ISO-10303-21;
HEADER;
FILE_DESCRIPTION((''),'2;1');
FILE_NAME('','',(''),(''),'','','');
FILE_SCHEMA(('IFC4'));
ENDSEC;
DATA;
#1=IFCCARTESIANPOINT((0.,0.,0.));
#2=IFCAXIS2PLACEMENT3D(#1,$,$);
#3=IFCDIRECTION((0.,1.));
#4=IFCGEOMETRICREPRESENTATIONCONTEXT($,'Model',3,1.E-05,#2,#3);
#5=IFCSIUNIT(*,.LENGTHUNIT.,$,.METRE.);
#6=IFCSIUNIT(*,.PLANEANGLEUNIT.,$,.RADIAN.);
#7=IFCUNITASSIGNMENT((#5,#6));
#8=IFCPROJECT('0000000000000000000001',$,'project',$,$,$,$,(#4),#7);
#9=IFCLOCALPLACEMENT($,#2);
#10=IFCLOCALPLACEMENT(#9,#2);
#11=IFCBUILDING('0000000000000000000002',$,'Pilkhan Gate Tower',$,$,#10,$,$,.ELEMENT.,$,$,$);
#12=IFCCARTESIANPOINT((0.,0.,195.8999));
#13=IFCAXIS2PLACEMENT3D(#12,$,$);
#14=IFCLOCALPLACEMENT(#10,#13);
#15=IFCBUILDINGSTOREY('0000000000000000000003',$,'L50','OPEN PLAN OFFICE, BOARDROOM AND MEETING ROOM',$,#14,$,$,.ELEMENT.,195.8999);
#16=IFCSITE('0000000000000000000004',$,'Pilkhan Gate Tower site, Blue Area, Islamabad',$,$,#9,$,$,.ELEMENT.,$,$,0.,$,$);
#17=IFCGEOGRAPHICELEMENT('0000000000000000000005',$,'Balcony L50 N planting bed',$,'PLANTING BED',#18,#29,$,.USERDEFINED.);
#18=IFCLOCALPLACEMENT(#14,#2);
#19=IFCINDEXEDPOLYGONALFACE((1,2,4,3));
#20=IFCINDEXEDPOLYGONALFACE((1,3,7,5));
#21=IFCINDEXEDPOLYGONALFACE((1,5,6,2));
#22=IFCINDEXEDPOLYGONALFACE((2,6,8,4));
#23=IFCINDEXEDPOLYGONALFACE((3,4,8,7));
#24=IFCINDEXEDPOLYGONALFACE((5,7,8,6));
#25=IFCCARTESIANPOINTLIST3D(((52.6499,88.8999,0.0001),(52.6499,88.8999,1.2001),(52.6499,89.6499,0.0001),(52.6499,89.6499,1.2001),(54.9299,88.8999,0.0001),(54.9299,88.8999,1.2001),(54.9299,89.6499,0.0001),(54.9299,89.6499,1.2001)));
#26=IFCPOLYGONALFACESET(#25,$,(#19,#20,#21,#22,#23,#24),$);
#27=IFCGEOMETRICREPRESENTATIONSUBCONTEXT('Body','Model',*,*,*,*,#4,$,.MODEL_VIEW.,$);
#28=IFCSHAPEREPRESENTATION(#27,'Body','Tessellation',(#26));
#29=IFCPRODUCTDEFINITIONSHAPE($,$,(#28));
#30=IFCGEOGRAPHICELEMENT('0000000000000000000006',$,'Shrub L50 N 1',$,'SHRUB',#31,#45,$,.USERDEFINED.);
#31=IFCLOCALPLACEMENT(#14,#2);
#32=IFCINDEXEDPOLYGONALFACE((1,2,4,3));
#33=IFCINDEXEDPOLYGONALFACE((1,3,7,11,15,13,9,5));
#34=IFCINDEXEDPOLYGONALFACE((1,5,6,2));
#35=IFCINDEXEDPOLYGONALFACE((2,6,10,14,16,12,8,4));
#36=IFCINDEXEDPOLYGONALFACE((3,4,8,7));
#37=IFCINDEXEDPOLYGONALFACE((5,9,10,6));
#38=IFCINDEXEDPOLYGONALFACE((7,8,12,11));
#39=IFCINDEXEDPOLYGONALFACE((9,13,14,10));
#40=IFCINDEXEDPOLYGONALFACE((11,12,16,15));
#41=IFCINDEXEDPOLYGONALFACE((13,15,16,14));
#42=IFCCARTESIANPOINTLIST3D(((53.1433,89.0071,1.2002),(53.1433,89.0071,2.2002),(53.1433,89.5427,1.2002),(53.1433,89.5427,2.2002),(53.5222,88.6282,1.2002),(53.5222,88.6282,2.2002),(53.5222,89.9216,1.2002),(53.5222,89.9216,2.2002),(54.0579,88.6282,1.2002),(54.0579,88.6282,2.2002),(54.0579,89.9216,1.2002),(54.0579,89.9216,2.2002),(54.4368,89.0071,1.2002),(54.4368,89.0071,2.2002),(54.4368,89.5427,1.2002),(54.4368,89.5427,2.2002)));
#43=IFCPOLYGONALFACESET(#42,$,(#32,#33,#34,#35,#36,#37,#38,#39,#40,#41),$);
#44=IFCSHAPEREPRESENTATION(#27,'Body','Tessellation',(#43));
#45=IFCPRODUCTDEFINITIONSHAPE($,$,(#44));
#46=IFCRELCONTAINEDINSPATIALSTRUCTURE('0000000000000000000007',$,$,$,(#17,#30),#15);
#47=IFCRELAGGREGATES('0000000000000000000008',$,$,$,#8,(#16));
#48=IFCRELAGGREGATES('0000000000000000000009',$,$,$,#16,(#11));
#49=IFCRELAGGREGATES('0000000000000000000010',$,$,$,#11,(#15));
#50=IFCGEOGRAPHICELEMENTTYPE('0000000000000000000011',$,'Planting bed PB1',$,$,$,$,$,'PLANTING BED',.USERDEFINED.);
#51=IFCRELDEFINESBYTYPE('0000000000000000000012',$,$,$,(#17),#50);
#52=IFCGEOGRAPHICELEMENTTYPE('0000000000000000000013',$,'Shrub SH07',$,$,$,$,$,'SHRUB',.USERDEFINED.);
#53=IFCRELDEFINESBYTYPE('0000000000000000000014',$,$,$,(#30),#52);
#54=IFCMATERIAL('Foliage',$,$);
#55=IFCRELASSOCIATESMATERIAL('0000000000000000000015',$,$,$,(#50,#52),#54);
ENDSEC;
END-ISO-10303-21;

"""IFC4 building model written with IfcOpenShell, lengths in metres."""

from ifc_helpers import new_model, si_unit, direction, frame, origin, origin_2d, place, context, subcontext, project, spatial, polyline, rectangle, outline, extrude, material, material_profile, profile_set, type_object, element, save


model = new_model("IFC4")

# Units and contexts
model_context = context("Model", 3, precision=1e-05, world=origin(), true_north=direction((0.0, 1.0)))
body_context = subcontext(model_context, "Body", "Model", "MODEL_VIEW")
ifc_project = project(units=[si_unit("LENGTHUNIT", "METRE"), si_unit("PLANEANGLEUNIT", "RADIAN")], contexts=[model_context])

# Site, building, storey
site_placement = place(None, origin())
site = spatial("IfcSite", under=ifc_project, at=site_placement, Name="Pilkhan Gate Tower site, Blue Area, Islamabad", CompositionType="ELEMENT", RefElevation=0.0)
building_placement = place(site_placement, origin())
building = spatial("IfcBuilding", under=site, at=building_placement, Name="Pilkhan Gate Tower", CompositionType="ELEMENT")
storey_placement = place(building_placement, frame((0.0, 0.0, 195.8999)))
storey = spatial("IfcBuildingStorey", under=building, at=storey_placement, Name="L50", Description="OPEN PLAN OFFICE, BOARDROOM AND MEETING ROOM", CompositionType="ELEMENT", Elevation=195.8999)

# Geographic elements
ifc_material_1 = material(Name="Foliage")
ifc_material_profile_1 = material_profile(ifc_material_1, rectangle(XDim=0.75, YDim=1.2, at=origin_2d()), Name="Bed 750x1200")
ifc_profile_set_1 = profile_set([ifc_material_profile_1], Name="Foliage")
geographic_element_type_1 = type_object("IfcGeographicElementType", Name="Planting bed PB1", ElementType="PLANTING BED", PredefinedType="USERDEFINED", material=ifc_profile_set_1)
geographic_element_1_placement = place(storey_placement, frame((52.6499, 89.2749, 0.6001), z_axis=(1.0, 0.0, 0.0), x_axis=(0.0, 1.0, 0.0)))
element("IfcGeographicElement", 1, at=geographic_element_1_placement, inside=storey, type_object=geographic_element_type_1, Name="Balcony L50 N planting bed", ObjectType="PLANTING BED", PredefinedType="USERDEFINED", context=body_context, shape_type="SweptSolid", body=[
    extrude(rectangle(XDim=0.75, YDim=1.2, at=origin_2d()), origin(), (0.0, 0.0, 1.0), 2.28),
])
ifc_material_profile_2 = material_profile(ifc_material_1, outline(polyline([(0.6467, 0.2678), (0.2678, 0.6467), (-0.2678, 0.6467), (-0.6467, 0.2678), (-0.6467, -0.2678), (-0.2678, -0.6467), (0.2678, -0.6467), (0.6467, -0.2678), (0.6467, 0.2678)])), Name="Shrub D1.4")
ifc_profile_set_2 = profile_set([ifc_material_profile_2], Name="Foliage")
geographic_element_type_2 = type_object("IfcGeographicElementType", Name="Shrub SH07", ElementType="SHRUB", PredefinedType="USERDEFINED", material=ifc_profile_set_2)
geographic_element_2_placement = place(storey_placement, frame((53.79, 89.2749, 1.2002), z_axis=(0.0, 0.0, 1.0), x_axis=(1.0, 0.0, 0.0)))
element("IfcGeographicElement", 2, at=geographic_element_2_placement, inside=storey, type_object=geographic_element_type_2, Name="Shrub L50 N 1", ObjectType="SHRUB", PredefinedType="USERDEFINED", context=body_context, shape_type="SweptSolid", body=[
    extrude(outline(polyline([(0.6467, 0.2678), (0.2678, 0.6467), (-0.2678, 0.6467), (-0.6467, 0.2678), (-0.6467, -0.2678), (-0.2678, -0.6467), (0.2678, -0.6467), (0.6467, -0.2678), (0.6467, 0.2678)])), origin(), (0.0, 0.0, 1.0), 1.0),
])

save(model, "model.ifc")
